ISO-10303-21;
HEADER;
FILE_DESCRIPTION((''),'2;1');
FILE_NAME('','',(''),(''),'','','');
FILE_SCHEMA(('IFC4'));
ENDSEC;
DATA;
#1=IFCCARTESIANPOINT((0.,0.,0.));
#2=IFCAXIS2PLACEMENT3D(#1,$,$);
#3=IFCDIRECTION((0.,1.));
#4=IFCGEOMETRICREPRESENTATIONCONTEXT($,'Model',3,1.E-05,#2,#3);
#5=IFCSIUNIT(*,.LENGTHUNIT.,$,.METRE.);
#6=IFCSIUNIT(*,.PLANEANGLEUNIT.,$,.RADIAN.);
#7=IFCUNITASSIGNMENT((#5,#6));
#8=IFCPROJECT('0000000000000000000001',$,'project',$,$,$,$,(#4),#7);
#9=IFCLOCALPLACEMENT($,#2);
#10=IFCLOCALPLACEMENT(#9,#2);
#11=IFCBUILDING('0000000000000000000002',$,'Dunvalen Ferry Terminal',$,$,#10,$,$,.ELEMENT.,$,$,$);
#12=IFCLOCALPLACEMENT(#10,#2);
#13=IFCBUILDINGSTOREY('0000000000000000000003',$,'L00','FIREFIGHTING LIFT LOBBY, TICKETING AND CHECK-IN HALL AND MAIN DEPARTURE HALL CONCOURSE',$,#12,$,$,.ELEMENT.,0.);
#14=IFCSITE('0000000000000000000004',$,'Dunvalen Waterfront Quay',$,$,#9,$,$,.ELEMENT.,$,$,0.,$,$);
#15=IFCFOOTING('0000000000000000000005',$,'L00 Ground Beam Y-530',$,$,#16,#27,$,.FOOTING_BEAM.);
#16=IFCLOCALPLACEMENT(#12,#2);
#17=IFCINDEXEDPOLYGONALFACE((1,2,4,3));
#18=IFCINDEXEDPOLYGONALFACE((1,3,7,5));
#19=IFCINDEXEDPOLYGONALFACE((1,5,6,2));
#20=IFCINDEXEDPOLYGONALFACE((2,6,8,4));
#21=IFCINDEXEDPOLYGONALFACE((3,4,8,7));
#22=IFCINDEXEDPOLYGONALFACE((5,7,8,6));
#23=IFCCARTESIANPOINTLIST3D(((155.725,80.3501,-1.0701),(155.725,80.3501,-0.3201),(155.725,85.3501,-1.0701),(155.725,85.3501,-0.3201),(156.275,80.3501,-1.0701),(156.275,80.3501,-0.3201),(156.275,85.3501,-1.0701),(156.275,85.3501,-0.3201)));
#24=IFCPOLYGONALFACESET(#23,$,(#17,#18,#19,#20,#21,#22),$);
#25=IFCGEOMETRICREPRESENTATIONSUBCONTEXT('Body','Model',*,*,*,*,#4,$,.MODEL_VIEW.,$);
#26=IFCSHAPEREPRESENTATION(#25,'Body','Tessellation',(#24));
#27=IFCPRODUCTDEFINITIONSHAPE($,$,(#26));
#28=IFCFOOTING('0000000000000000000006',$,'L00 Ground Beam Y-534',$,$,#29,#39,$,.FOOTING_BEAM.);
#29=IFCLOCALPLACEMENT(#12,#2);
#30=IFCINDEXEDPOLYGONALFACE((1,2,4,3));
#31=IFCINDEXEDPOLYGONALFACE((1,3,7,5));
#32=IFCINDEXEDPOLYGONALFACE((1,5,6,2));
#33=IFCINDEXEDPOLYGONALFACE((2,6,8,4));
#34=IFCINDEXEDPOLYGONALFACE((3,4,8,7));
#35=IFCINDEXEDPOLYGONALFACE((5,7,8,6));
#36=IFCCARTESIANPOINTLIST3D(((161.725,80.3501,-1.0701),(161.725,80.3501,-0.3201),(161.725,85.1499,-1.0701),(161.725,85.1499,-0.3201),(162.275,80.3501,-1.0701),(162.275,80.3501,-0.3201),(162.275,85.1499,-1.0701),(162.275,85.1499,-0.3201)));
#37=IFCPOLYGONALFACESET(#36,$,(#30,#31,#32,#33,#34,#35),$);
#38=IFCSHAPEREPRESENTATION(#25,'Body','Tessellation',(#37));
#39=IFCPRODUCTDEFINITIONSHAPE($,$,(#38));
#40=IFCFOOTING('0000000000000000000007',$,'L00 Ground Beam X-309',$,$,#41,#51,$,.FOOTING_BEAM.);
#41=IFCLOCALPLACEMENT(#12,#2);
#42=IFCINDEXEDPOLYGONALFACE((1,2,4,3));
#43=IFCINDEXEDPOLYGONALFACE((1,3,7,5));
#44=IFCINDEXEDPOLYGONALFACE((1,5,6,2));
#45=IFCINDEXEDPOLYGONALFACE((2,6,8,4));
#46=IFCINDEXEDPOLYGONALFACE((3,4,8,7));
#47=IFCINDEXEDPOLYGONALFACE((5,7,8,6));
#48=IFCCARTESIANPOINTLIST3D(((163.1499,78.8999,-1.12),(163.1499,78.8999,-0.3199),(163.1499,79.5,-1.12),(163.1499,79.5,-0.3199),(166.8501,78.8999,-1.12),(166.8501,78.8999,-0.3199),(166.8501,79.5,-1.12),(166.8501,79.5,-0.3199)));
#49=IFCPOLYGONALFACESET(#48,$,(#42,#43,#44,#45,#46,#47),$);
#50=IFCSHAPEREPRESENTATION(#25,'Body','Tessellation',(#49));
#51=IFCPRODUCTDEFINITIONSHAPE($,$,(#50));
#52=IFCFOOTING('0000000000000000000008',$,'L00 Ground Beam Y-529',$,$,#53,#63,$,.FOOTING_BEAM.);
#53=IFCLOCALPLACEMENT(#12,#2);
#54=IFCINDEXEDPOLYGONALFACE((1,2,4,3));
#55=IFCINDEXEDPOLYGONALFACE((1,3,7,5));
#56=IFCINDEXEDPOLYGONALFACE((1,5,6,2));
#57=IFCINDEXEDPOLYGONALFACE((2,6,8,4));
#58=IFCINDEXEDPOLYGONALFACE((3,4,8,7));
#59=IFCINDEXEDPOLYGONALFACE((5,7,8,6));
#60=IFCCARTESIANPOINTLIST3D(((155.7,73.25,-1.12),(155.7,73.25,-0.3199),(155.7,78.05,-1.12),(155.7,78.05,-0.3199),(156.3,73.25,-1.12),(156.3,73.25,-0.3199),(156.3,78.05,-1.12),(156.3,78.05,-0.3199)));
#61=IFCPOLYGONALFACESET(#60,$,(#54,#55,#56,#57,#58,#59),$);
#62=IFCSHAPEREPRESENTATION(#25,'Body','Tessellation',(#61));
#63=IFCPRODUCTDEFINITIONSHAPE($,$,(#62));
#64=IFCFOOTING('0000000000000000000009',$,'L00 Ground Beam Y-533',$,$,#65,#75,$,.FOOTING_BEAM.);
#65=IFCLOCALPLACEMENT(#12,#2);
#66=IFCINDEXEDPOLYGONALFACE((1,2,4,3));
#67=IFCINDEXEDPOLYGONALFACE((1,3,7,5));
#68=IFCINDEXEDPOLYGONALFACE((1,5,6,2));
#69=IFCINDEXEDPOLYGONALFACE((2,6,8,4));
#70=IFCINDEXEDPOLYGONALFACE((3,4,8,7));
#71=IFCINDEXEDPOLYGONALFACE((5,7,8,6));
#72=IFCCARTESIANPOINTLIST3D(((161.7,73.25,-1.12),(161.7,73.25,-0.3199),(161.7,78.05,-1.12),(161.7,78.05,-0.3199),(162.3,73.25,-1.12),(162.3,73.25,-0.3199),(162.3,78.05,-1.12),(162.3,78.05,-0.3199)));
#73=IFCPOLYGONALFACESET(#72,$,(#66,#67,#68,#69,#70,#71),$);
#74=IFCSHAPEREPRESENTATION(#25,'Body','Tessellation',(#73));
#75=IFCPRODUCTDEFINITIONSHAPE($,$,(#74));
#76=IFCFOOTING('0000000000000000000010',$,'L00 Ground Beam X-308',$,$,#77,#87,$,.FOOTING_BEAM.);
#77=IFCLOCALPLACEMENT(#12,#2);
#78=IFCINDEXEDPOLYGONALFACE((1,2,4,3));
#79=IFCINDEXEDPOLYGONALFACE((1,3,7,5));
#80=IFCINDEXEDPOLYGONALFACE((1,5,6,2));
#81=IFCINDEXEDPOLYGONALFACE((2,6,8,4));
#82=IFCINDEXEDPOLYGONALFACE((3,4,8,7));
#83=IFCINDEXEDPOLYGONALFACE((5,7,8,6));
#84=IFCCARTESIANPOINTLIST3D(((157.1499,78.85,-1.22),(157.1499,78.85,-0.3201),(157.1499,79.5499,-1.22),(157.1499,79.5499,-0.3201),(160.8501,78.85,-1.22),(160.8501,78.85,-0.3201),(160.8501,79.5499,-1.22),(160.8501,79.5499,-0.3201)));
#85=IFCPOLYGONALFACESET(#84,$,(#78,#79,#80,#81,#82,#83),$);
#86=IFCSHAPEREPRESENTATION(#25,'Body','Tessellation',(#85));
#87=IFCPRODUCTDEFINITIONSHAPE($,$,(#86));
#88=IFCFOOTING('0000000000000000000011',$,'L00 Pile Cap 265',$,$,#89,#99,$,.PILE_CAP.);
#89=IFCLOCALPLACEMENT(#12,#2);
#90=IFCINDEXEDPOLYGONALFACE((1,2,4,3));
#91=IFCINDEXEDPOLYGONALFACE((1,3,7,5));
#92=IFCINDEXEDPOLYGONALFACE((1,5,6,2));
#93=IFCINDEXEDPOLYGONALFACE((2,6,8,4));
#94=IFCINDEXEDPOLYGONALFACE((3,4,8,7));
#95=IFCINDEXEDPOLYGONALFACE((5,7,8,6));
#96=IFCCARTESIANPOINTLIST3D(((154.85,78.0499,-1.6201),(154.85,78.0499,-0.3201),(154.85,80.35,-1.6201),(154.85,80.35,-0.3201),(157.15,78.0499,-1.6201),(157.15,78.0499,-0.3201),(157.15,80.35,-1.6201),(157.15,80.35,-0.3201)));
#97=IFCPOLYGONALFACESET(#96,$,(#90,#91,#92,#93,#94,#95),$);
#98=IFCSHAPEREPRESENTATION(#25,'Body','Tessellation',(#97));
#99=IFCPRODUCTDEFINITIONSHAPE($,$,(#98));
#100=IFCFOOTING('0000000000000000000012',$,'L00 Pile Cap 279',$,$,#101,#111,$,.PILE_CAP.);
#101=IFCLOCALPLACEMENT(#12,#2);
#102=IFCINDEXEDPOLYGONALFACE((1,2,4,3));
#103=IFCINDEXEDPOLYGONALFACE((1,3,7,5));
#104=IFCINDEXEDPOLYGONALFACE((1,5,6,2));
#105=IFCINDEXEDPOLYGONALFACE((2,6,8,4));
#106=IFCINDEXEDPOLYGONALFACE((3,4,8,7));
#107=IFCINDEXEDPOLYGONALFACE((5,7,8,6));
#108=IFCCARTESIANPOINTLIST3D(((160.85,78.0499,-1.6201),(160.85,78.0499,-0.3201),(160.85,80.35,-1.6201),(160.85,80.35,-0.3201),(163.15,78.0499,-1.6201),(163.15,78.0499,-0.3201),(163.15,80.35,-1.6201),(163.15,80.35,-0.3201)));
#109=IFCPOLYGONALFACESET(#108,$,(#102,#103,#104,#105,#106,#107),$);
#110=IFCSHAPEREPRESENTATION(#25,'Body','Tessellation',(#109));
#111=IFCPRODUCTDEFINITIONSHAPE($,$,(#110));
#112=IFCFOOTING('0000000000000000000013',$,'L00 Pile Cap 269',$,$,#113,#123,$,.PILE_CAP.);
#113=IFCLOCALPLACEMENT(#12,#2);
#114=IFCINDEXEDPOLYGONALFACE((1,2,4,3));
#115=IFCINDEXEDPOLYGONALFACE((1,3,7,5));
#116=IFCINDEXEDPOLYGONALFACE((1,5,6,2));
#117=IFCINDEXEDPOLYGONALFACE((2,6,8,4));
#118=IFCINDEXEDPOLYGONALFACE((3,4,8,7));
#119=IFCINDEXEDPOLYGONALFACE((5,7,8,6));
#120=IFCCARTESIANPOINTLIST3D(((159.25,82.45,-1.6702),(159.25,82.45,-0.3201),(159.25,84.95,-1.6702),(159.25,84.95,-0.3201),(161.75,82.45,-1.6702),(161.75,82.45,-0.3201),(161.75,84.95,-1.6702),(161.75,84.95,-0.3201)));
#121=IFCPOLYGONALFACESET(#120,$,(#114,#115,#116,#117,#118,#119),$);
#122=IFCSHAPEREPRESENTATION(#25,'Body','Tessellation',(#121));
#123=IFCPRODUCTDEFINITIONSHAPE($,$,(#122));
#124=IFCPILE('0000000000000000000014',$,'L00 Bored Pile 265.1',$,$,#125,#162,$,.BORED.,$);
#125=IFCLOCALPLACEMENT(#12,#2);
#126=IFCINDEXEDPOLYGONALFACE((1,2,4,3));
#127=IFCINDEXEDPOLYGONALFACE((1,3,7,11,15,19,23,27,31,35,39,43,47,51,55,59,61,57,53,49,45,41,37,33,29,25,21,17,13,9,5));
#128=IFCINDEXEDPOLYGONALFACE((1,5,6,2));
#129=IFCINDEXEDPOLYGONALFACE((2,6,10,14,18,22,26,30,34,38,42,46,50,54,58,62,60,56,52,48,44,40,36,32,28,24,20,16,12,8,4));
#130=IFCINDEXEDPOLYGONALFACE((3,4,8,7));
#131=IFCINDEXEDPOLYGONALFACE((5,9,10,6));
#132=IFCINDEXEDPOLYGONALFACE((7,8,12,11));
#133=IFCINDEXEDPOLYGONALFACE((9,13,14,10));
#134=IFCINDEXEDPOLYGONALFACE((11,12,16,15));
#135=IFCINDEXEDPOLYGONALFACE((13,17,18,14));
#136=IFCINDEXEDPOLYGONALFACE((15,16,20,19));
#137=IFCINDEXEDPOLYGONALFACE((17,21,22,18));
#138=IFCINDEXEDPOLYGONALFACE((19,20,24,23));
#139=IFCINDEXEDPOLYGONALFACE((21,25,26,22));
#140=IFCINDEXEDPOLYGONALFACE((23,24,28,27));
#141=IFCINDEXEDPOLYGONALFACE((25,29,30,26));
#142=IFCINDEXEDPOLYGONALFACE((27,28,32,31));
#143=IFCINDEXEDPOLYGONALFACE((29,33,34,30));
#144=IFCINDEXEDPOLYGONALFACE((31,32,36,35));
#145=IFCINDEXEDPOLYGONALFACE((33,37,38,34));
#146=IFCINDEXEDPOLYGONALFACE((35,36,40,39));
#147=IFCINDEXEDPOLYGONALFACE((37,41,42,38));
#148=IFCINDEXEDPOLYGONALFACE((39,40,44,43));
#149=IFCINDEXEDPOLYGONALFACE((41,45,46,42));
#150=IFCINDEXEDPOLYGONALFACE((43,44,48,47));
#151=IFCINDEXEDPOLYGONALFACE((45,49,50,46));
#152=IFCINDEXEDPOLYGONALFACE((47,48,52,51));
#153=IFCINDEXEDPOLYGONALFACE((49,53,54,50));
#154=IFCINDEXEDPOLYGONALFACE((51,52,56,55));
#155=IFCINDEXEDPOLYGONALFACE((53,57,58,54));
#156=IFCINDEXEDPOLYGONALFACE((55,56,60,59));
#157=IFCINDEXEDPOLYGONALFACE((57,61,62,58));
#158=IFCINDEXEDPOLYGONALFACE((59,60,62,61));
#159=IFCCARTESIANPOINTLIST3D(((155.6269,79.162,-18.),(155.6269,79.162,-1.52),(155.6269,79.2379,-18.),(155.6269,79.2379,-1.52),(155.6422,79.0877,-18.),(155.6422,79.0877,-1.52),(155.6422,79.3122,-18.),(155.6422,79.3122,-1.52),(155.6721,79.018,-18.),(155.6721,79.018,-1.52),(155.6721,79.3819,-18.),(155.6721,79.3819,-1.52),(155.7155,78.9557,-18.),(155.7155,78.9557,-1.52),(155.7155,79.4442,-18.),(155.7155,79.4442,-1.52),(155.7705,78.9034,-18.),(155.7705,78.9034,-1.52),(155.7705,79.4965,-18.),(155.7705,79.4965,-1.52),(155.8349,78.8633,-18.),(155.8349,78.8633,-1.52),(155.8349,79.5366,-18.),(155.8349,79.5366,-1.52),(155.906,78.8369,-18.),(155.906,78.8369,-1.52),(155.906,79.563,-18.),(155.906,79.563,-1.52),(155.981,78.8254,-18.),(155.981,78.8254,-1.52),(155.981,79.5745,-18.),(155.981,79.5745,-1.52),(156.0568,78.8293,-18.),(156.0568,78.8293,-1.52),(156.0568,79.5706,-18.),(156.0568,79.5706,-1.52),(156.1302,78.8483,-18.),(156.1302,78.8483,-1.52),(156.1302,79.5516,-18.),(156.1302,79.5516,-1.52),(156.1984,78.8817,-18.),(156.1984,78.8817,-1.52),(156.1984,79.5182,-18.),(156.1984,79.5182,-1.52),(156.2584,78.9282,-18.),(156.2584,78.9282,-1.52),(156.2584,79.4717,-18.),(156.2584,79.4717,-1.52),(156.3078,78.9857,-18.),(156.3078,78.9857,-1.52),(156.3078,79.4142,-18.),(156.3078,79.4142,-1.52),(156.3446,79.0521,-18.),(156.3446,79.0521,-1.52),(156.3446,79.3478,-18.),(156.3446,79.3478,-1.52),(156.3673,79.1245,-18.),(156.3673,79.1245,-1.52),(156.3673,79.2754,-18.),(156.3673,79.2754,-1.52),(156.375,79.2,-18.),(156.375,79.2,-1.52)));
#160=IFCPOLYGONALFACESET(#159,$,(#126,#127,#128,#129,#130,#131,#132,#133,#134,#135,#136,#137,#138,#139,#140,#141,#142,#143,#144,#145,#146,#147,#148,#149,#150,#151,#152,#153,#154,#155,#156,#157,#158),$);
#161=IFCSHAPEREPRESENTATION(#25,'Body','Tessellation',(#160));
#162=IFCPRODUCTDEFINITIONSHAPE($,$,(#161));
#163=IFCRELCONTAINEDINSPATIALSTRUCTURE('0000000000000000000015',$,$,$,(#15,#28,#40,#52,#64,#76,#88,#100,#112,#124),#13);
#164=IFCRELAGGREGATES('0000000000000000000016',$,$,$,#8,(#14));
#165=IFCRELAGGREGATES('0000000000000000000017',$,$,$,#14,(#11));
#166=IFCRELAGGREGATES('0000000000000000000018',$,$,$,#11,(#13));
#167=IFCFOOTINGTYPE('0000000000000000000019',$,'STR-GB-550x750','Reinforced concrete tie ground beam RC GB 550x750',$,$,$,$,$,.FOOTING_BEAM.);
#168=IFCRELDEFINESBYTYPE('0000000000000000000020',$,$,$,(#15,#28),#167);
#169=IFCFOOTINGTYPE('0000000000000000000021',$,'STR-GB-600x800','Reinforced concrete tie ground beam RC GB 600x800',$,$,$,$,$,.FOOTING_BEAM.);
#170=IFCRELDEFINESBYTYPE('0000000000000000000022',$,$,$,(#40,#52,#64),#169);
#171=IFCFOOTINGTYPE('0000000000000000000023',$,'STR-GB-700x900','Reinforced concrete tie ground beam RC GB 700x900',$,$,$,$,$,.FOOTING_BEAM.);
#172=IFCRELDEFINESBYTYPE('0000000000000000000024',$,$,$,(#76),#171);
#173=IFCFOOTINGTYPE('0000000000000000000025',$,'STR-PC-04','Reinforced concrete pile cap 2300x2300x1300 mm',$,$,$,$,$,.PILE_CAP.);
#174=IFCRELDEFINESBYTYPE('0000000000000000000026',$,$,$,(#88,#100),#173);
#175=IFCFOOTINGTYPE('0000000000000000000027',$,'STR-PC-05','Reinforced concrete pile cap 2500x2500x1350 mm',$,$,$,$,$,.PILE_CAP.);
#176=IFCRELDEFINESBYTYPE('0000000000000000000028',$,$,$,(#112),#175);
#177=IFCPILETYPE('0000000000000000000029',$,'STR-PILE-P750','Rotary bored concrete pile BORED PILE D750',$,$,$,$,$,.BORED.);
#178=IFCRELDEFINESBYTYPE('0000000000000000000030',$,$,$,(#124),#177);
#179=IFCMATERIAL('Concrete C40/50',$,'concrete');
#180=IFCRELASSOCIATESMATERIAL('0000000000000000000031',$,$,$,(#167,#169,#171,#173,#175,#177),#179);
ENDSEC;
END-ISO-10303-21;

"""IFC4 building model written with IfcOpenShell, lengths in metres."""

from ifc_helpers import new_model, si_unit, direction, frame, origin, origin_2d, place, context, subcontext, project, spatial, rectangle, circle, extrude, material, material_profile, profile_set, type_object, element, save


model = new_model("IFC4")

# Units and contexts
model_context = context("Model", 3, precision=1e-05, world=origin(), true_north=direction((0.0, 1.0)))
body_context = subcontext(model_context, "Body", "Model", "MODEL_VIEW")
ifc_project = project(units=[si_unit("LENGTHUNIT", "METRE"), si_unit("PLANEANGLEUNIT", "RADIAN")], contexts=[model_context])

# Site, building, storey
site_placement = place(None, origin())
site = spatial("IfcSite", under=ifc_project, at=site_placement, Name="Dunvalen Waterfront Quay", CompositionType="ELEMENT", RefElevation=0.0)
building_placement = place(site_placement, origin())
building = spatial("IfcBuilding", under=site, at=building_placement, Name="Dunvalen Ferry Terminal", CompositionType="ELEMENT")
storey_placement = place(building_placement, origin())
storey = spatial("IfcBuildingStorey", under=building, at=storey_placement, Name="L00", Description="FIREFIGHTING LIFT LOBBY, TICKETING AND CHECK-IN HALL AND MAIN DEPARTURE HALL CONCOURSE", CompositionType="ELEMENT", Elevation=0.0)

# Footings
ifc_material_1 = material(Name="Concrete C40/50", Category="concrete")
ifc_material_profile_1 = material_profile(ifc_material_1, rectangle(XDim=0.55, YDim=0.75, at=origin_2d()), Name="Concrete C40/50")
ifc_profile_set_1 = profile_set([ifc_material_profile_1], Name="Concrete C40/50")
footing_type_1 = type_object("IfcFootingType", Name="STR-GB-550x750", Description="Reinforced concrete tie ground beam RC GB 550x750", PredefinedType="FOOTING_BEAM", material=ifc_profile_set_1)
footing_1_placement = place(storey_placement, frame((156.0, 80.3501, -0.6951), z_axis=(0.0, 1.0, 0.0), x_axis=(-1.0, 0.0, 0.0)))
element("IfcFooting", 1, at=footing_1_placement, inside=storey, type_object=footing_type_1, Name="L00 Ground Beam Y-530", PredefinedType="FOOTING_BEAM", context=body_context, shape_type="SweptSolid", body=[
    extrude(rectangle(XDim=0.55, YDim=0.75, at=origin_2d()), origin(), (0.0, 0.0, 1.0), 5.0),
])
footing_2_placement = place(storey_placement, frame((162.0, 80.3501, -0.6951), z_axis=(0.0, 1.0, 0.0), x_axis=(-1.0, 0.0, 0.0)))
element("IfcFooting", 2, at=footing_2_placement, inside=storey, type_object=footing_type_1, Name="L00 Ground Beam Y-534", PredefinedType="FOOTING_BEAM", context=body_context, shape_type="SweptSolid", body=[
    extrude(rectangle(XDim=0.55, YDim=0.75, at=origin_2d()), origin(), (0.0, 0.0, 1.0), 4.7998),
])
ifc_material_profile_2 = material_profile(ifc_material_1, rectangle(XDim=0.6001, YDim=0.8, at=origin_2d()), Name="Concrete C40/50")
ifc_profile_set_2 = profile_set([ifc_material_profile_2], Name="Concrete C40/50")
footing_type_2 = type_object("IfcFootingType", Name="STR-GB-600x800", Description="Reinforced concrete tie ground beam RC GB 600x800", PredefinedType="FOOTING_BEAM", material=ifc_profile_set_2)
footing_3_placement = place(storey_placement, frame((163.1499, 79.2, -0.72), z_axis=(1.0, 0.0, 0.0), x_axis=(0.0, 1.0, 0.0)))
element("IfcFooting", 3, at=footing_3_placement, inside=storey, type_object=footing_type_2, Name="L00 Ground Beam X-309", PredefinedType="FOOTING_BEAM", context=body_context, shape_type="SweptSolid", body=[
    extrude(rectangle(XDim=0.6001, YDim=0.8, at=origin_2d()), origin(), (0.0, 0.0, 1.0), 3.7002),
])
for number, where, z_axis, x_axis, name in (
    (4, (156.0, 73.25, -0.72), (0.0, 1.0, 0.0), (-1.0, 0.0, 0.0), "L00 Ground Beam Y-529"),
    (5, (162.0, 73.25, -0.72), (0.0, 1.0, 0.0), (-1.0, 0.0, 0.0), "L00 Ground Beam Y-533"),
):
    element("IfcFooting", number, at=place(storey_placement, frame(where, z_axis=z_axis, x_axis=x_axis)), inside=storey, type_object=footing_type_2, Name=name, PredefinedType="FOOTING_BEAM", context=body_context, shape_type="SweptSolid", body=[
        extrude(rectangle(XDim=0.6001, YDim=0.8, at=origin_2d()), origin(), (0.0, 0.0, 1.0), 4.8),
    ])
ifc_material_profile_3 = material_profile(ifc_material_1, rectangle(XDim=0.7, YDim=0.8999, at=origin_2d()), Name="Concrete C40/50")
ifc_profile_set_3 = profile_set([ifc_material_profile_3], Name="Concrete C40/50")
footing_type_3 = type_object("IfcFootingType", Name="STR-GB-700x900", Description="Reinforced concrete tie ground beam RC GB 700x900", PredefinedType="FOOTING_BEAM", material=ifc_profile_set_3)
footing_4_placement = place(storey_placement, frame((157.1499, 79.2, -0.77), z_axis=(1.0, 0.0, 0.0), x_axis=(0.0, 1.0, 0.0)))
element("IfcFooting", 6, at=footing_4_placement, inside=storey, type_object=footing_type_3, Name="L00 Ground Beam X-308", PredefinedType="FOOTING_BEAM", context=body_context, shape_type="SweptSolid", body=[
    extrude(rectangle(XDim=0.7, YDim=0.8999, at=origin_2d()), origin(), (0.0, 0.0, 1.0), 3.7002),
])
footing_type_4 = type_object("IfcFootingType", Name="STR-PC-04", Description="Reinforced concrete pile cap 2300x2300x1300 mm", PredefinedType="PILE_CAP", material=ifc_material_1)
for number, where, z_axis, x_axis, name in (
    (7, (156.0, 79.2, -1.6201), (0.0, 0.0, 1.0), (1.0, 0.0, 0.0), "L00 Pile Cap 265"),
    (8, (162.0, 79.2, -1.6201), (0.0, 0.0, 1.0), (1.0, 0.0, 0.0), "L00 Pile Cap 279"),
):
    element("IfcFooting", number, at=place(storey_placement, frame(where, z_axis=z_axis, x_axis=x_axis)), inside=storey, type_object=footing_type_4, Name=name, PredefinedType="PILE_CAP", context=body_context, shape_type="SweptSolid", body=[
        extrude(rectangle(XDim=2.3, YDim=2.3, at=origin_2d()), origin(), (0.0, 0.0, 1.0), 1.3),
    ])
footing_type_5 = type_object("IfcFootingType", Name="STR-PC-05", Description="Reinforced concrete pile cap 2500x2500x1350 mm", PredefinedType="PILE_CAP", material=ifc_material_1)
footing_5_placement = place(storey_placement, frame((160.5, 83.7, -1.6702), z_axis=(0.0, 0.0, 1.0), x_axis=(1.0, 0.0, 0.0)))
element("IfcFooting", 9, at=footing_5_placement, inside=storey, type_object=footing_type_5, Name="L00 Pile Cap 269", PredefinedType="PILE_CAP", context=body_context, shape_type="SweptSolid", body=[
    extrude(rectangle(XDim=2.5, YDim=2.5, at=origin_2d()), origin(), (0.0, 0.0, 1.0), 1.3501),
])

# Pile
ifc_material_profile_4 = material_profile(ifc_material_1, circle(Radius=0.375, at=origin_2d()), Name="Concrete C40/50")
ifc_profile_set_4 = profile_set([ifc_material_profile_4], Name="Concrete C40/50")
pile_type = type_object("IfcPileType", Name="STR-PILE-P750", Description="Rotary bored concrete pile BORED PILE D750", PredefinedType="BORED", material=ifc_profile_set_4)
pile_1_placement = place(storey_placement, frame((156.0, 79.2, -1.52), z_axis=(0.0, 0.0, -1.0), x_axis=(1.0, 0.0, 0.0)))
element("IfcPile", 10, at=pile_1_placement, inside=storey, type_object=pile_type, Name="L00 Bored Pile 265.1", PredefinedType="BORED", context=body_context, shape_type="SweptSolid", body=[
    extrude(circle(Radius=0.375, at=origin_2d()), origin(), (0.0, 0.0, 1.0), 16.48),
])

save(model, "model.ifc")
